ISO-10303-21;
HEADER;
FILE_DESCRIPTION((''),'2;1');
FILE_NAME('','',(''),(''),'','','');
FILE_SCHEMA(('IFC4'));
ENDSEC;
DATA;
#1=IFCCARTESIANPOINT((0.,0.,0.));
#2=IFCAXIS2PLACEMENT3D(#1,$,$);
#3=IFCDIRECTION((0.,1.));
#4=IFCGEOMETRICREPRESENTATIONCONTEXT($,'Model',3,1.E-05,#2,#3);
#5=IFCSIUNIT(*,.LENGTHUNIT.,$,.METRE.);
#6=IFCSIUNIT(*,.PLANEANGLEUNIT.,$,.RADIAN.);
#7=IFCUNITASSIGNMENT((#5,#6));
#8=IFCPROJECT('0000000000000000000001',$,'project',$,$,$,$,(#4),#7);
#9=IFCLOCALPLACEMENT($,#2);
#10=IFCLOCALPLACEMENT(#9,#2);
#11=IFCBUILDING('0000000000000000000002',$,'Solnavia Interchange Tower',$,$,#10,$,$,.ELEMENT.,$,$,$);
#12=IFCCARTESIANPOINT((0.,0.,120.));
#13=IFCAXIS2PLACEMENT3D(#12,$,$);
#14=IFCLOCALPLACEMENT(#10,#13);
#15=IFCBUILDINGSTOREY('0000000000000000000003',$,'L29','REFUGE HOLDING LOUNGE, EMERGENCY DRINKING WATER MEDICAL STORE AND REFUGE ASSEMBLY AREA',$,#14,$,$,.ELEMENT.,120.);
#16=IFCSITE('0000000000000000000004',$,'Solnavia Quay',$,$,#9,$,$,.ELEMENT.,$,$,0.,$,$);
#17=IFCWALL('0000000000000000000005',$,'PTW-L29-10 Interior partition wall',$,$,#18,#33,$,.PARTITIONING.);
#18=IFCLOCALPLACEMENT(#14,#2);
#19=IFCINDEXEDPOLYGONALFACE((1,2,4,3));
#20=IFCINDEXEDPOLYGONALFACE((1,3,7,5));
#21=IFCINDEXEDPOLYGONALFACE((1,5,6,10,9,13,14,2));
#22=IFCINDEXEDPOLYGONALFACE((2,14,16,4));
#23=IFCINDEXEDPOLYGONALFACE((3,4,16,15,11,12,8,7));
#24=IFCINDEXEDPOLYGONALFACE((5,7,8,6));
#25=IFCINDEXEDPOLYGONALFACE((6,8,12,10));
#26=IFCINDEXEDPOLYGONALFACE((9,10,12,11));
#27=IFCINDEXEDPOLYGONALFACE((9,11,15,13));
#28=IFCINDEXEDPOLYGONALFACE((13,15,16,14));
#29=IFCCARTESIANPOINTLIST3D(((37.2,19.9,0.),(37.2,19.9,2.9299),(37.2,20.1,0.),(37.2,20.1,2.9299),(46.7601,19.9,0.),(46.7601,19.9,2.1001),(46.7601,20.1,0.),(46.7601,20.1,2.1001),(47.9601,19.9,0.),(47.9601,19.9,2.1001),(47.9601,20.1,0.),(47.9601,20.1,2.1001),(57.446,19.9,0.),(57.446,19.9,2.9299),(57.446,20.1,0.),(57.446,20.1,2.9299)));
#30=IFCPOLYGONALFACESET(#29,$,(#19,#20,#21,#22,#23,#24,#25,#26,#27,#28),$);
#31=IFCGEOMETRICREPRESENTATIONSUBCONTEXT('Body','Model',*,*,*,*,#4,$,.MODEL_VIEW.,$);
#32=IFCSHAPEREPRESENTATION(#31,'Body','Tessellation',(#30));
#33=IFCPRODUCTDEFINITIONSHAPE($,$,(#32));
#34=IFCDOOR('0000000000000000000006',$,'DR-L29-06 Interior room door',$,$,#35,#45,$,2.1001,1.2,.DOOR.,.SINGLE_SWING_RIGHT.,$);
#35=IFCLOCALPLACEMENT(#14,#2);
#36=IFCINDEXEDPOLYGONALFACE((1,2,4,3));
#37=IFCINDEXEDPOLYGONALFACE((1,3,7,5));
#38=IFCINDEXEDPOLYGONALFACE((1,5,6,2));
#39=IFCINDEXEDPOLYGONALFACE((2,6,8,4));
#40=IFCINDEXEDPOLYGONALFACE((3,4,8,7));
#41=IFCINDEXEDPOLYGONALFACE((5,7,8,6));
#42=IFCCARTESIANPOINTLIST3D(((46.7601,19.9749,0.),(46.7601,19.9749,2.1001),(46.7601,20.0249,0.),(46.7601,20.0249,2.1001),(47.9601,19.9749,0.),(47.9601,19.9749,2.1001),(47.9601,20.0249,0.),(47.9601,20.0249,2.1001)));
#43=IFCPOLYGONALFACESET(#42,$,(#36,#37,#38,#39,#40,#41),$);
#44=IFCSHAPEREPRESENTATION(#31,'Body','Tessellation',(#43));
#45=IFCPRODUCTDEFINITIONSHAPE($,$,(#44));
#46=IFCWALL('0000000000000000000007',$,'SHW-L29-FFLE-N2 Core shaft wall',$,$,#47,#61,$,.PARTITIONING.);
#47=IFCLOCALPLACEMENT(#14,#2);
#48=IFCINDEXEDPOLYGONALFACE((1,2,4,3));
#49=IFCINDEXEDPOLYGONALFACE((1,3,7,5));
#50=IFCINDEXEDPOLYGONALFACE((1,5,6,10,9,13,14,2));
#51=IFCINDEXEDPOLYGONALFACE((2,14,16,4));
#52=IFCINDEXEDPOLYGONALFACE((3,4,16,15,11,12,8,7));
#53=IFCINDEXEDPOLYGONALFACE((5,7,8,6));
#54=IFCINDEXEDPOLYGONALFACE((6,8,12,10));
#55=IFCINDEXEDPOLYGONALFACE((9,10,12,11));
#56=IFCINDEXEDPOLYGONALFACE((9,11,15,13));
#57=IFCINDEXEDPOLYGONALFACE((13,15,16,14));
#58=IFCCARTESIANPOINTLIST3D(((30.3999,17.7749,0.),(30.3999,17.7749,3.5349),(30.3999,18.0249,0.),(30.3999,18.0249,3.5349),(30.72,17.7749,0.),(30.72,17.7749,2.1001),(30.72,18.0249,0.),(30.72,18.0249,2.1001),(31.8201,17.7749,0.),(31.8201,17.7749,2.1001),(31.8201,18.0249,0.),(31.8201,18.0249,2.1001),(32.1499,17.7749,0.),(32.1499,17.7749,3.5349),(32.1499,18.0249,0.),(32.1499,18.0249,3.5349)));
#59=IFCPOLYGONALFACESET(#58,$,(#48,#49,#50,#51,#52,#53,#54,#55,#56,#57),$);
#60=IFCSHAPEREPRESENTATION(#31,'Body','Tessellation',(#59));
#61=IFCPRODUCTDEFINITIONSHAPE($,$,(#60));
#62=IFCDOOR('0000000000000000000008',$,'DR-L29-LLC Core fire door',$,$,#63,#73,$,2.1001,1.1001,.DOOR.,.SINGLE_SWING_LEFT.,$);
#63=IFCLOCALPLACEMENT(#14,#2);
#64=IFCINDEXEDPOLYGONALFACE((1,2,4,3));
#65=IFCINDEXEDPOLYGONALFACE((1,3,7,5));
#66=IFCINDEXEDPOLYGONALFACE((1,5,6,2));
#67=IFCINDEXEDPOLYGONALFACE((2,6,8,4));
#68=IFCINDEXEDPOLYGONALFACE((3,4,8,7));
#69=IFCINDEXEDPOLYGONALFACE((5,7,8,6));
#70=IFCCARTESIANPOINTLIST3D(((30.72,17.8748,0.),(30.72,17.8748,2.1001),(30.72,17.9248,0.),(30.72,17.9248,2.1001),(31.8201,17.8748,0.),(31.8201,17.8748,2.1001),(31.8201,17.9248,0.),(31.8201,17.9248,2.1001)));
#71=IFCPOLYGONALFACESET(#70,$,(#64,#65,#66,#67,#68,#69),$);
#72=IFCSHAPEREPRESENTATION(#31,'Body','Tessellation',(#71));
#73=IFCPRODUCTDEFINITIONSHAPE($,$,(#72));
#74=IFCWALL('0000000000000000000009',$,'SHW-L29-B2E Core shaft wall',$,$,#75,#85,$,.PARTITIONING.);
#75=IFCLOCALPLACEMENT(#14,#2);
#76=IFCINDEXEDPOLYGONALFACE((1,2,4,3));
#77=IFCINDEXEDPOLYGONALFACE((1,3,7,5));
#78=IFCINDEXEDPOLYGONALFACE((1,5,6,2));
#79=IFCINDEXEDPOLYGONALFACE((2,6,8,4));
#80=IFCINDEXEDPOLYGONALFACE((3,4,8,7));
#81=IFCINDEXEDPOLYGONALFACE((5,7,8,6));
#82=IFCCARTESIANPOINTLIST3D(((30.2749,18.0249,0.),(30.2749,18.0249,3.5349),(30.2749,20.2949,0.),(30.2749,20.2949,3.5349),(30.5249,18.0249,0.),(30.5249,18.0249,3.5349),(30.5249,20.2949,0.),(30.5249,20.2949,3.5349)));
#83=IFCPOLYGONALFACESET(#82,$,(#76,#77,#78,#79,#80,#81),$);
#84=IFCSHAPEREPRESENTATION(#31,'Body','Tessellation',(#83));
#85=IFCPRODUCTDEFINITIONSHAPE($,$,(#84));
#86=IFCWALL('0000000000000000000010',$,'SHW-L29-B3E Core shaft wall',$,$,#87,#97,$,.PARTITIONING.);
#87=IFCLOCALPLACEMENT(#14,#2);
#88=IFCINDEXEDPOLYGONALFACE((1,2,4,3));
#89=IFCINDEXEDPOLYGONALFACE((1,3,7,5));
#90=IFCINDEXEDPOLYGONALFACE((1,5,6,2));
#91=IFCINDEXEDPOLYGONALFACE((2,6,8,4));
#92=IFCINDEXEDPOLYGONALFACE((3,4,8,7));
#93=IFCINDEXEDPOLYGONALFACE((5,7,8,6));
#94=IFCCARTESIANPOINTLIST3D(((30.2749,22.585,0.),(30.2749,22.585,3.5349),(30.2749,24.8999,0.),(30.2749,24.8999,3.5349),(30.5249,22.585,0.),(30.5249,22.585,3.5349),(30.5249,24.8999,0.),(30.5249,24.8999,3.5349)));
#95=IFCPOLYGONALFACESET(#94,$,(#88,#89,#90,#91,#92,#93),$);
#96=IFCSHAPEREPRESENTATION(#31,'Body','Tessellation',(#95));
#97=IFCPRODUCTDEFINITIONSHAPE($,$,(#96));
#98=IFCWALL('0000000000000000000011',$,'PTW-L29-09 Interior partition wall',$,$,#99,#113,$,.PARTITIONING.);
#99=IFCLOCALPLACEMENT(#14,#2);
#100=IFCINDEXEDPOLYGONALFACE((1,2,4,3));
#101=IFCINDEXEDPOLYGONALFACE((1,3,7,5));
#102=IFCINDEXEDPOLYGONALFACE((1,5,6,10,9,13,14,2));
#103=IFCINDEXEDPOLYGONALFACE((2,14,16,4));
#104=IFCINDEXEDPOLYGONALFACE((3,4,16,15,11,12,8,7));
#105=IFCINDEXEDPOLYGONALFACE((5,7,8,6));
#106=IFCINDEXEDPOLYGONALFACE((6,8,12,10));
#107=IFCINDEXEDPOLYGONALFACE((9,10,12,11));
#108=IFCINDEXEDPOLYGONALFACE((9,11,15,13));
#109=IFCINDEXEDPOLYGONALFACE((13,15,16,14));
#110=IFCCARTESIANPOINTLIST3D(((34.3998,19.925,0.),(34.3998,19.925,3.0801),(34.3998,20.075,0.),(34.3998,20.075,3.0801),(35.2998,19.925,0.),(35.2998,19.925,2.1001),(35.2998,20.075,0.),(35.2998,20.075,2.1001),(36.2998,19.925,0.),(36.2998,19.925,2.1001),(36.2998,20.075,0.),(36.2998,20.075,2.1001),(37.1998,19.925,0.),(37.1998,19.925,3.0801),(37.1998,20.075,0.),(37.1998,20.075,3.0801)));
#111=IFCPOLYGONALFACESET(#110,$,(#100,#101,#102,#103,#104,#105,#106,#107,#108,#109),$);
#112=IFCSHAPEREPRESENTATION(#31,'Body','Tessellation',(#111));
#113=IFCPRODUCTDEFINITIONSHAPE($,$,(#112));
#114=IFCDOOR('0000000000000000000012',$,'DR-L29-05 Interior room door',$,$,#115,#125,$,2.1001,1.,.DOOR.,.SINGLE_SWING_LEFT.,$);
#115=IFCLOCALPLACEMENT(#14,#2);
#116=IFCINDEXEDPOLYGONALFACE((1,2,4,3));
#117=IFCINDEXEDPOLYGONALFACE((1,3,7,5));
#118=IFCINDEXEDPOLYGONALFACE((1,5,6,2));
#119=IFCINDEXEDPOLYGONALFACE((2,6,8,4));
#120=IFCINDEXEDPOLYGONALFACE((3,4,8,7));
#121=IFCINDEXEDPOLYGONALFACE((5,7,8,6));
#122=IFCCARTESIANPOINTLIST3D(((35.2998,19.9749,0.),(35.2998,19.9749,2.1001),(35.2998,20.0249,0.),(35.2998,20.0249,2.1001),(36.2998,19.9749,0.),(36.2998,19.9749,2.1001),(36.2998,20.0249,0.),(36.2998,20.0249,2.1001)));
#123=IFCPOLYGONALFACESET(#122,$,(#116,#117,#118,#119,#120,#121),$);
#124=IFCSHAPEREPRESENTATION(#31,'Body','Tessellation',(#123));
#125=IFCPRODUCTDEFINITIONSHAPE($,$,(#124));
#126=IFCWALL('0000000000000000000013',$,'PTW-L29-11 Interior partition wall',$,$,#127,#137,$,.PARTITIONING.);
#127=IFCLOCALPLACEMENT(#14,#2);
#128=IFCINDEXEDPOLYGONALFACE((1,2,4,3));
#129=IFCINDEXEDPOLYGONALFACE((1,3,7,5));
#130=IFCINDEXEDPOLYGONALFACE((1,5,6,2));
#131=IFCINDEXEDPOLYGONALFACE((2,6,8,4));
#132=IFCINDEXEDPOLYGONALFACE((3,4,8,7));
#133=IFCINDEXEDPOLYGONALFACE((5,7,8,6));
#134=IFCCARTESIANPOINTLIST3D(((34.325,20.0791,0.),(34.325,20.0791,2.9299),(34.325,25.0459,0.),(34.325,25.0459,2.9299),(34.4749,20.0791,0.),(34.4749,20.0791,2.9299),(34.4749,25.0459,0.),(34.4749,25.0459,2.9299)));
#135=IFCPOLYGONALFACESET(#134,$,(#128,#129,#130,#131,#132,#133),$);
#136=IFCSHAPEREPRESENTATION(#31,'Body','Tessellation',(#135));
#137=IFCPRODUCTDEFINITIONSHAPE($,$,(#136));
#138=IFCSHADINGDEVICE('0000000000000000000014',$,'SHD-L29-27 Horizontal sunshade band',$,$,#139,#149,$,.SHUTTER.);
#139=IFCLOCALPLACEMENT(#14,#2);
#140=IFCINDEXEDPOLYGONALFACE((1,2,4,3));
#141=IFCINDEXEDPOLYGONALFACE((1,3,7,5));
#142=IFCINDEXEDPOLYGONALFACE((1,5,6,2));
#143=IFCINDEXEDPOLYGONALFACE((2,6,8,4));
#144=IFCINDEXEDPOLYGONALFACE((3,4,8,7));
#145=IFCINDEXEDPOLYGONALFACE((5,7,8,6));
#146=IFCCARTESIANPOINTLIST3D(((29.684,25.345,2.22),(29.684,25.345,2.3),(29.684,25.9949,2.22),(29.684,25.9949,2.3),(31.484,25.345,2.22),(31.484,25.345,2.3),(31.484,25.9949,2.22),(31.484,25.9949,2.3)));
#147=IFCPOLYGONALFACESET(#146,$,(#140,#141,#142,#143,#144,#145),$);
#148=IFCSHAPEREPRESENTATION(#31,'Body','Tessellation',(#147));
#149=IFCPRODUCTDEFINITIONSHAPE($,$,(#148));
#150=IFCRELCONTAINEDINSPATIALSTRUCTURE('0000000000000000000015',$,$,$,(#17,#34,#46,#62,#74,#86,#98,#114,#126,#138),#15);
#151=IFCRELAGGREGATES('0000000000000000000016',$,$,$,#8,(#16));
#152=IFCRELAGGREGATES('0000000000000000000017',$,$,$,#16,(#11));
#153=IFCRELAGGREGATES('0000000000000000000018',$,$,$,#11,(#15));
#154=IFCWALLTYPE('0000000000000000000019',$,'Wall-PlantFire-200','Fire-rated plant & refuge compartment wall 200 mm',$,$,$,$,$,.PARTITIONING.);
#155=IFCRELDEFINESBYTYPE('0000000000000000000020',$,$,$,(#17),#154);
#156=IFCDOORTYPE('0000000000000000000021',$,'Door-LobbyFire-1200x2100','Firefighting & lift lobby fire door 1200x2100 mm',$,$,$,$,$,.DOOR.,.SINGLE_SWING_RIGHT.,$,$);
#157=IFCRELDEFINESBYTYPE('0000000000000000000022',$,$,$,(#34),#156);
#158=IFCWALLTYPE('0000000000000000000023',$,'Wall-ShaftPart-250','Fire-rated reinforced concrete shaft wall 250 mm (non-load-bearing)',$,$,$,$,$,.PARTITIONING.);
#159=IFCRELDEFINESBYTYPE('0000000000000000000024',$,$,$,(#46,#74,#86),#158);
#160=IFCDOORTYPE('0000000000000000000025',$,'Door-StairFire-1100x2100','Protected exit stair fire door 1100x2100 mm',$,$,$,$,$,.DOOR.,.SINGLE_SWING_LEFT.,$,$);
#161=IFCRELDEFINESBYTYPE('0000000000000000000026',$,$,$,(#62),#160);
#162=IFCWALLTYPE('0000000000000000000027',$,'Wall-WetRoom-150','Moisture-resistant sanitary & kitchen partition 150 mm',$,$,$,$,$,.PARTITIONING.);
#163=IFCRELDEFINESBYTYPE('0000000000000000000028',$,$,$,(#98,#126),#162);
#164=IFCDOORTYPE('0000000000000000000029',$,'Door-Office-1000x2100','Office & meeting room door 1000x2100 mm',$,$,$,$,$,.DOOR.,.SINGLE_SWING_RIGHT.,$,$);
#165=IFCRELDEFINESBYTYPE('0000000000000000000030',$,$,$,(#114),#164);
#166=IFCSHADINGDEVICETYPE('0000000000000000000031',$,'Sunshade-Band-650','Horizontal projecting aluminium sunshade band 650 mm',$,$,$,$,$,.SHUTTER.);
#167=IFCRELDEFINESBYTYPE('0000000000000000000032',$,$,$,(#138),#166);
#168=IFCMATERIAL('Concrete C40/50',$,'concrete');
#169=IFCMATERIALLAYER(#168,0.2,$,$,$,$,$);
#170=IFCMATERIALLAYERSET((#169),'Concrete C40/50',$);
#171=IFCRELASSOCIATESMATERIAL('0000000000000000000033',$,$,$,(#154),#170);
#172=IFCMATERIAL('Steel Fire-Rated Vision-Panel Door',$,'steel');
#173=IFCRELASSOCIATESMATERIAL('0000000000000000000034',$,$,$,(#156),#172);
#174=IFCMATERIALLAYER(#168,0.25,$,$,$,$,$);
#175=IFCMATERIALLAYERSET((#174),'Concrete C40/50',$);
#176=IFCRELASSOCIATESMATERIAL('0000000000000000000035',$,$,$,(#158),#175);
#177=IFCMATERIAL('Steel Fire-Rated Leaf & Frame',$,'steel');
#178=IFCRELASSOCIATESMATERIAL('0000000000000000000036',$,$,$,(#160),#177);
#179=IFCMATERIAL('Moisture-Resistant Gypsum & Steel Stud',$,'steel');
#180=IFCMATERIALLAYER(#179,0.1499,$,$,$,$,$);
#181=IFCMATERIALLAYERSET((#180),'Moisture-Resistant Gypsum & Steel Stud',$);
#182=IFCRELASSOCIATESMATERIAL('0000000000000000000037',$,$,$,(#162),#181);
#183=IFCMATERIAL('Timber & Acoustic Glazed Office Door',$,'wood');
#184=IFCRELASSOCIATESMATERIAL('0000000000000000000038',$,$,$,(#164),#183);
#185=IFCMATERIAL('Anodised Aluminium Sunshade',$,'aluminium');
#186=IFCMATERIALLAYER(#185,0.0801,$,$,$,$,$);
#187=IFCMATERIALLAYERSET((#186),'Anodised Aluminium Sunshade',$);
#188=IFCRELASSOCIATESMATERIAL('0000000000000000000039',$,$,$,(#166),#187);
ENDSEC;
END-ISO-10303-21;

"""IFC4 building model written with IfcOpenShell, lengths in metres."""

from ifc_helpers import new_model, si_unit, direction, frame, frame_2d, origin, origin_2d, place, context, subcontext, project, spatial, rectangle, extrude, material, layer, layer_set, type_object, element, fill, save


model = new_model("IFC4")

# Units and contexts
model_context = context("Model", 3, precision=1e-05, world=origin(), true_north=direction((0.0, 1.0)))
body_context = subcontext(model_context, "Body", "Model", "MODEL_VIEW")
ifc_project = project(units=[si_unit("LENGTHUNIT", "METRE"), si_unit("PLANEANGLEUNIT", "RADIAN")], contexts=[model_context])

# Site, building, storey
site_placement = place(None, origin())
site = spatial("IfcSite", under=ifc_project, at=site_placement, Name="Solnavia Quay", CompositionType="ELEMENT", RefElevation=0.0)
building_placement = place(site_placement, origin())
building = spatial("IfcBuilding", under=site, at=building_placement, Name="Solnavia Interchange Tower", CompositionType="ELEMENT")
storey_placement = place(building_placement, frame((0.0, 0.0, 120.0)))
storey = spatial("IfcBuildingStorey", under=building, at=storey_placement, Name="L29", Description="REFUGE HOLDING LOUNGE, EMERGENCY DRINKING WATER MEDICAL STORE AND REFUGE ASSEMBLY AREA", CompositionType="ELEMENT", Elevation=120.0)

# Shared definitions
ifc_material_1 = material(Name="Concrete C40/50", Category="concrete")

# Walls, openings, doors
ifc_layer_1 = layer(ifc_material_1, 0.2)
ifc_layer_set_1 = layer_set([ifc_layer_1], Name="Concrete C40/50")
wall_type_1 = type_object("IfcWallType", Name="Wall-PlantFire-200", Description="Fire-rated plant & refuge compartment wall 200 mm", PredefinedType="PARTITIONING", material=ifc_layer_set_1)
wall_1_placement = place(storey_placement, frame((37.2, 20.0, 0.0), z_axis=(0.0, 0.0, 1.0), x_axis=(1.0, 0.0, 0.0)))
wall_1 = element("IfcWall", 1, at=wall_1_placement, inside=storey, type_object=wall_type_1, Name="PTW-L29-10 Interior partition wall", PredefinedType="PARTITIONING", context=body_context, shape_type="SweptSolid", body=[
    extrude(rectangle(XDim=20.2461, YDim=0.2, at=frame_2d((10.123, 0.0))), origin(), (0.0, 0.0, 1.0), 2.9299),
])
opening_1_placement = place(wall_1_placement, frame((9.5601, 0.0, 0.0)))
opening_1 = element("IfcOpeningElement", 2, at=opening_1_placement, cuts=wall_1, PredefinedType="OPENING", context=body_context, shape_type="SweptSolid", body=[
    extrude(rectangle(XDim=1.2, YDim=2.1001, at=frame_2d((0.6001, 1.05))), frame((0.0, 0.1099, 0.0), z_axis=(0.0, -1.0, 0.0), x_axis=(1.0, 0.0, 0.0)), (0.0, 0.0, 1.0), 0.22),
])
ifc_material_2 = material(Name="Steel Fire-Rated Vision-Panel Door", Category="steel")
door_type_1 = type_object("IfcDoorType", Name="Door-LobbyFire-1200x2100", Description="Firefighting & lift lobby fire door 1200x2100 mm", OperationType="SINGLE_SWING_RIGHT", PredefinedType="DOOR", material=ifc_material_2)
door_1_placement = place(opening_1_placement, origin())
door_1 = element("IfcDoor", 3, at=door_1_placement, inside=storey, type_object=door_type_1, Name="DR-L29-06 Interior room door", OperationType="SINGLE_SWING_RIGHT", OverallHeight=2.1001, OverallWidth=1.2, PredefinedType="DOOR", context=body_context, shape_type="SweptSolid", body=[
    extrude(rectangle(XDim=1.2, YDim=2.1001, at=frame_2d((0.6001, 1.05))), frame((0.0, 0.0249, 0.0), z_axis=(0.0, -1.0, 0.0), x_axis=(1.0, 0.0, 0.0)), (0.0, 0.0, 1.0), 0.05),
])
fill(opening_1, door_1)
ifc_layer_2 = layer(ifc_material_1, 0.25)
ifc_layer_set_2 = layer_set([ifc_layer_2], Name="Concrete C40/50")
wall_type_2 = type_object("IfcWallType", Name="Wall-ShaftPart-250", Description="Fire-rated reinforced concrete shaft wall 250 mm (non-load-bearing)", PredefinedType="PARTITIONING", material=ifc_layer_set_2)
wall_2_placement = place(storey_placement, frame((30.3999, 17.8999, 0.0), z_axis=(0.0, 0.0, 1.0), x_axis=(1.0, 0.0, 0.0)))
wall_2 = element("IfcWall", 4, at=wall_2_placement, inside=storey, type_object=wall_type_2, Name="SHW-L29-FFLE-N2 Core shaft wall", PredefinedType="PARTITIONING", context=body_context, shape_type="SweptSolid", body=[
    extrude(rectangle(XDim=1.75, YDim=0.25, at=frame_2d((0.875, 0.0))), origin(), (0.0, 0.0, 1.0), 3.5349),
])
opening_2_placement = place(wall_2_placement, frame((0.3201, 0.0, 0.0)))
opening_2 = element("IfcOpeningElement", 5, at=opening_2_placement, cuts=wall_2, PredefinedType="OPENING", context=body_context, shape_type="SweptSolid", body=[
    extrude(rectangle(XDim=1.1001, YDim=2.1001, at=frame_2d((0.55, 1.05))), frame((0.0, 0.135, 0.0), z_axis=(0.0, -1.0, 0.0), x_axis=(1.0, 0.0, 0.0)), (0.0, 0.0, 1.0), 0.27),
])
ifc_material_3 = material(Name="Steel Fire-Rated Leaf & Frame", Category="steel")
door_type_2 = type_object("IfcDoorType", Name="Door-StairFire-1100x2100", Description="Protected exit stair fire door 1100x2100 mm", OperationType="SINGLE_SWING_LEFT", PredefinedType="DOOR", material=ifc_material_3)
door_2_placement = place(opening_2_placement, origin())
door_2 = element("IfcDoor", 6, at=door_2_placement, inside=storey, type_object=door_type_2, Name="DR-L29-LLC Core fire door", OperationType="SINGLE_SWING_LEFT", OverallHeight=2.1001, OverallWidth=1.1001, PredefinedType="DOOR", context=body_context, shape_type="SweptSolid", body=[
    extrude(rectangle(XDim=1.1001, YDim=2.1001, at=frame_2d((0.55, 1.05))), frame((0.0, 0.0249, 0.0), z_axis=(0.0, -1.0, 0.0), x_axis=(1.0, 0.0, 0.0)), (0.0, 0.0, 1.0), 0.05),
])
fill(opening_2, door_2)

# Walls
wall_3_placement = place(storey_placement, frame((30.3999, 18.0249, 0.0), z_axis=(0.0, 0.0, 1.0), x_axis=(0.0, 1.0, 0.0)))
element("IfcWall", 7, at=wall_3_placement, inside=storey, type_object=wall_type_2, Name="SHW-L29-B2E Core shaft wall", PredefinedType="PARTITIONING", context=body_context, shape_type="SweptSolid", body=[
    extrude(rectangle(XDim=2.27, YDim=0.25, at=frame_2d((1.135, 0.0))), origin(), (0.0, 0.0, 1.0), 3.5349),
])
wall_4_placement = place(storey_placement, frame((30.3999, 22.585, 0.0), z_axis=(0.0, 0.0, 1.0), x_axis=(0.0, 1.0, 0.0)))
element("IfcWall", 8, at=wall_4_placement, inside=storey, type_object=wall_type_2, Name="SHW-L29-B3E Core shaft wall", PredefinedType="PARTITIONING", context=body_context, shape_type="SweptSolid", body=[
    extrude(rectangle(XDim=2.3149, YDim=0.25, at=frame_2d((1.1575, 0.0))), origin(), (0.0, 0.0, 1.0), 3.5349),
])

# Wall, opening, door
ifc_material_4 = material(Name="Moisture-Resistant Gypsum & Steel Stud", Category="steel")
ifc_layer_3 = layer(ifc_material_4, 0.1499)
ifc_layer_set_3 = layer_set([ifc_layer_3], Name="Moisture-Resistant Gypsum & Steel Stud")
wall_type_3 = type_object("IfcWallType", Name="Wall-WetRoom-150", Description="Moisture-resistant sanitary & kitchen partition 150 mm", PredefinedType="PARTITIONING", material=ifc_layer_set_3)
wall_5_placement = place(storey_placement, frame((34.3999, 20.0, 0.0), z_axis=(0.0, 0.0, 1.0), x_axis=(1.0, 0.0, 0.0)))
wall_5 = element("IfcWall", 9, at=wall_5_placement, inside=storey, type_object=wall_type_3, Name="PTW-L29-09 Interior partition wall", PredefinedType="PARTITIONING", context=body_context, shape_type="SweptSolid", body=[
    extrude(rectangle(XDim=2.8, YDim=0.1499, at=frame_2d((1.3999, 0.0))), origin(), (0.0, 0.0, 1.0), 3.0801),
])
opening_3_placement = place(wall_5_placement, frame((0.8999, 0.0, 0.0)))
opening_3 = element("IfcOpeningElement", 10, at=opening_3_placement, cuts=wall_5, PredefinedType="OPENING", context=body_context, shape_type="SweptSolid", body=[
    extrude(rectangle(XDim=1.0, YDim=2.1001, at=frame_2d((0.5, 1.05))), frame((0.0, 0.085, 0.0), z_axis=(0.0, -1.0, 0.0), x_axis=(1.0, 0.0, 0.0)), (0.0, 0.0, 1.0), 0.1699),
])
ifc_material_5 = material(Name="Timber & Acoustic Glazed Office Door", Category="wood")
door_type_3 = type_object("IfcDoorType", Name="Door-Office-1000x2100", Description="Office & meeting room door 1000x2100 mm", OperationType="SINGLE_SWING_RIGHT", PredefinedType="DOOR", material=ifc_material_5)
door_3_placement = place(opening_3_placement, origin())
door_3 = element("IfcDoor", 11, at=door_3_placement, inside=storey, type_object=door_type_3, Name="DR-L29-05 Interior room door", OperationType="SINGLE_SWING_LEFT", OverallHeight=2.1001, OverallWidth=1.0, PredefinedType="DOOR", context=body_context, shape_type="SweptSolid", body=[
    extrude(rectangle(XDim=1.0, YDim=2.1001, at=frame_2d((0.5, 1.05))), frame((0.0, 0.0249, 0.0), z_axis=(0.0, -1.0, 0.0), x_axis=(1.0, 0.0, 0.0)), (0.0, 0.0, 1.0), 0.05),
])
fill(opening_3, door_3)

# Wall
wall_6_placement = place(storey_placement, frame((34.3999, 20.0791, 0.0), z_axis=(0.0, 0.0, 1.0), x_axis=(0.0, 1.0, 0.0)))
element("IfcWall", 12, at=wall_6_placement, inside=storey, type_object=wall_type_3, Name="PTW-L29-11 Interior partition wall", PredefinedType="PARTITIONING", context=body_context, shape_type="SweptSolid", body=[
    extrude(rectangle(XDim=4.9668, YDim=0.1499, at=frame_2d((2.4834, 0.0))), origin(), (0.0, 0.0, 1.0), 2.9299),
])

# Shading device
ifc_material_6 = material(Name="Anodised Aluminium Sunshade", Category="aluminium")
ifc_layer_4 = layer(ifc_material_6, 0.0801)
ifc_layer_set_4 = layer_set([ifc_layer_4], Name="Anodised Aluminium Sunshade")
shading_device_type = type_object("IfcShadingDeviceType", Name="Sunshade-Band-650", Description="Horizontal projecting aluminium sunshade band 650 mm", PredefinedType="SHUTTER", material=ifc_layer_set_4)
shading_device_placement = place(storey_placement, frame((30.584, 25.6699, 2.22), z_axis=(0.0, 0.0, 1.0), x_axis=(1.0, 0.0, 0.0)))
element("IfcShadingDevice", 13, at=shading_device_placement, inside=storey, type_object=shading_device_type, Name="SHD-L29-27 Horizontal sunshade band", PredefinedType="SHUTTER", context=body_context, shape_type="SweptSolid", body=[
    extrude(rectangle(XDim=1.8, YDim=0.6499, at=origin_2d()), origin(), (0.0, 0.0, 1.0), 0.0801),
])

save(model, "model.ifc")
